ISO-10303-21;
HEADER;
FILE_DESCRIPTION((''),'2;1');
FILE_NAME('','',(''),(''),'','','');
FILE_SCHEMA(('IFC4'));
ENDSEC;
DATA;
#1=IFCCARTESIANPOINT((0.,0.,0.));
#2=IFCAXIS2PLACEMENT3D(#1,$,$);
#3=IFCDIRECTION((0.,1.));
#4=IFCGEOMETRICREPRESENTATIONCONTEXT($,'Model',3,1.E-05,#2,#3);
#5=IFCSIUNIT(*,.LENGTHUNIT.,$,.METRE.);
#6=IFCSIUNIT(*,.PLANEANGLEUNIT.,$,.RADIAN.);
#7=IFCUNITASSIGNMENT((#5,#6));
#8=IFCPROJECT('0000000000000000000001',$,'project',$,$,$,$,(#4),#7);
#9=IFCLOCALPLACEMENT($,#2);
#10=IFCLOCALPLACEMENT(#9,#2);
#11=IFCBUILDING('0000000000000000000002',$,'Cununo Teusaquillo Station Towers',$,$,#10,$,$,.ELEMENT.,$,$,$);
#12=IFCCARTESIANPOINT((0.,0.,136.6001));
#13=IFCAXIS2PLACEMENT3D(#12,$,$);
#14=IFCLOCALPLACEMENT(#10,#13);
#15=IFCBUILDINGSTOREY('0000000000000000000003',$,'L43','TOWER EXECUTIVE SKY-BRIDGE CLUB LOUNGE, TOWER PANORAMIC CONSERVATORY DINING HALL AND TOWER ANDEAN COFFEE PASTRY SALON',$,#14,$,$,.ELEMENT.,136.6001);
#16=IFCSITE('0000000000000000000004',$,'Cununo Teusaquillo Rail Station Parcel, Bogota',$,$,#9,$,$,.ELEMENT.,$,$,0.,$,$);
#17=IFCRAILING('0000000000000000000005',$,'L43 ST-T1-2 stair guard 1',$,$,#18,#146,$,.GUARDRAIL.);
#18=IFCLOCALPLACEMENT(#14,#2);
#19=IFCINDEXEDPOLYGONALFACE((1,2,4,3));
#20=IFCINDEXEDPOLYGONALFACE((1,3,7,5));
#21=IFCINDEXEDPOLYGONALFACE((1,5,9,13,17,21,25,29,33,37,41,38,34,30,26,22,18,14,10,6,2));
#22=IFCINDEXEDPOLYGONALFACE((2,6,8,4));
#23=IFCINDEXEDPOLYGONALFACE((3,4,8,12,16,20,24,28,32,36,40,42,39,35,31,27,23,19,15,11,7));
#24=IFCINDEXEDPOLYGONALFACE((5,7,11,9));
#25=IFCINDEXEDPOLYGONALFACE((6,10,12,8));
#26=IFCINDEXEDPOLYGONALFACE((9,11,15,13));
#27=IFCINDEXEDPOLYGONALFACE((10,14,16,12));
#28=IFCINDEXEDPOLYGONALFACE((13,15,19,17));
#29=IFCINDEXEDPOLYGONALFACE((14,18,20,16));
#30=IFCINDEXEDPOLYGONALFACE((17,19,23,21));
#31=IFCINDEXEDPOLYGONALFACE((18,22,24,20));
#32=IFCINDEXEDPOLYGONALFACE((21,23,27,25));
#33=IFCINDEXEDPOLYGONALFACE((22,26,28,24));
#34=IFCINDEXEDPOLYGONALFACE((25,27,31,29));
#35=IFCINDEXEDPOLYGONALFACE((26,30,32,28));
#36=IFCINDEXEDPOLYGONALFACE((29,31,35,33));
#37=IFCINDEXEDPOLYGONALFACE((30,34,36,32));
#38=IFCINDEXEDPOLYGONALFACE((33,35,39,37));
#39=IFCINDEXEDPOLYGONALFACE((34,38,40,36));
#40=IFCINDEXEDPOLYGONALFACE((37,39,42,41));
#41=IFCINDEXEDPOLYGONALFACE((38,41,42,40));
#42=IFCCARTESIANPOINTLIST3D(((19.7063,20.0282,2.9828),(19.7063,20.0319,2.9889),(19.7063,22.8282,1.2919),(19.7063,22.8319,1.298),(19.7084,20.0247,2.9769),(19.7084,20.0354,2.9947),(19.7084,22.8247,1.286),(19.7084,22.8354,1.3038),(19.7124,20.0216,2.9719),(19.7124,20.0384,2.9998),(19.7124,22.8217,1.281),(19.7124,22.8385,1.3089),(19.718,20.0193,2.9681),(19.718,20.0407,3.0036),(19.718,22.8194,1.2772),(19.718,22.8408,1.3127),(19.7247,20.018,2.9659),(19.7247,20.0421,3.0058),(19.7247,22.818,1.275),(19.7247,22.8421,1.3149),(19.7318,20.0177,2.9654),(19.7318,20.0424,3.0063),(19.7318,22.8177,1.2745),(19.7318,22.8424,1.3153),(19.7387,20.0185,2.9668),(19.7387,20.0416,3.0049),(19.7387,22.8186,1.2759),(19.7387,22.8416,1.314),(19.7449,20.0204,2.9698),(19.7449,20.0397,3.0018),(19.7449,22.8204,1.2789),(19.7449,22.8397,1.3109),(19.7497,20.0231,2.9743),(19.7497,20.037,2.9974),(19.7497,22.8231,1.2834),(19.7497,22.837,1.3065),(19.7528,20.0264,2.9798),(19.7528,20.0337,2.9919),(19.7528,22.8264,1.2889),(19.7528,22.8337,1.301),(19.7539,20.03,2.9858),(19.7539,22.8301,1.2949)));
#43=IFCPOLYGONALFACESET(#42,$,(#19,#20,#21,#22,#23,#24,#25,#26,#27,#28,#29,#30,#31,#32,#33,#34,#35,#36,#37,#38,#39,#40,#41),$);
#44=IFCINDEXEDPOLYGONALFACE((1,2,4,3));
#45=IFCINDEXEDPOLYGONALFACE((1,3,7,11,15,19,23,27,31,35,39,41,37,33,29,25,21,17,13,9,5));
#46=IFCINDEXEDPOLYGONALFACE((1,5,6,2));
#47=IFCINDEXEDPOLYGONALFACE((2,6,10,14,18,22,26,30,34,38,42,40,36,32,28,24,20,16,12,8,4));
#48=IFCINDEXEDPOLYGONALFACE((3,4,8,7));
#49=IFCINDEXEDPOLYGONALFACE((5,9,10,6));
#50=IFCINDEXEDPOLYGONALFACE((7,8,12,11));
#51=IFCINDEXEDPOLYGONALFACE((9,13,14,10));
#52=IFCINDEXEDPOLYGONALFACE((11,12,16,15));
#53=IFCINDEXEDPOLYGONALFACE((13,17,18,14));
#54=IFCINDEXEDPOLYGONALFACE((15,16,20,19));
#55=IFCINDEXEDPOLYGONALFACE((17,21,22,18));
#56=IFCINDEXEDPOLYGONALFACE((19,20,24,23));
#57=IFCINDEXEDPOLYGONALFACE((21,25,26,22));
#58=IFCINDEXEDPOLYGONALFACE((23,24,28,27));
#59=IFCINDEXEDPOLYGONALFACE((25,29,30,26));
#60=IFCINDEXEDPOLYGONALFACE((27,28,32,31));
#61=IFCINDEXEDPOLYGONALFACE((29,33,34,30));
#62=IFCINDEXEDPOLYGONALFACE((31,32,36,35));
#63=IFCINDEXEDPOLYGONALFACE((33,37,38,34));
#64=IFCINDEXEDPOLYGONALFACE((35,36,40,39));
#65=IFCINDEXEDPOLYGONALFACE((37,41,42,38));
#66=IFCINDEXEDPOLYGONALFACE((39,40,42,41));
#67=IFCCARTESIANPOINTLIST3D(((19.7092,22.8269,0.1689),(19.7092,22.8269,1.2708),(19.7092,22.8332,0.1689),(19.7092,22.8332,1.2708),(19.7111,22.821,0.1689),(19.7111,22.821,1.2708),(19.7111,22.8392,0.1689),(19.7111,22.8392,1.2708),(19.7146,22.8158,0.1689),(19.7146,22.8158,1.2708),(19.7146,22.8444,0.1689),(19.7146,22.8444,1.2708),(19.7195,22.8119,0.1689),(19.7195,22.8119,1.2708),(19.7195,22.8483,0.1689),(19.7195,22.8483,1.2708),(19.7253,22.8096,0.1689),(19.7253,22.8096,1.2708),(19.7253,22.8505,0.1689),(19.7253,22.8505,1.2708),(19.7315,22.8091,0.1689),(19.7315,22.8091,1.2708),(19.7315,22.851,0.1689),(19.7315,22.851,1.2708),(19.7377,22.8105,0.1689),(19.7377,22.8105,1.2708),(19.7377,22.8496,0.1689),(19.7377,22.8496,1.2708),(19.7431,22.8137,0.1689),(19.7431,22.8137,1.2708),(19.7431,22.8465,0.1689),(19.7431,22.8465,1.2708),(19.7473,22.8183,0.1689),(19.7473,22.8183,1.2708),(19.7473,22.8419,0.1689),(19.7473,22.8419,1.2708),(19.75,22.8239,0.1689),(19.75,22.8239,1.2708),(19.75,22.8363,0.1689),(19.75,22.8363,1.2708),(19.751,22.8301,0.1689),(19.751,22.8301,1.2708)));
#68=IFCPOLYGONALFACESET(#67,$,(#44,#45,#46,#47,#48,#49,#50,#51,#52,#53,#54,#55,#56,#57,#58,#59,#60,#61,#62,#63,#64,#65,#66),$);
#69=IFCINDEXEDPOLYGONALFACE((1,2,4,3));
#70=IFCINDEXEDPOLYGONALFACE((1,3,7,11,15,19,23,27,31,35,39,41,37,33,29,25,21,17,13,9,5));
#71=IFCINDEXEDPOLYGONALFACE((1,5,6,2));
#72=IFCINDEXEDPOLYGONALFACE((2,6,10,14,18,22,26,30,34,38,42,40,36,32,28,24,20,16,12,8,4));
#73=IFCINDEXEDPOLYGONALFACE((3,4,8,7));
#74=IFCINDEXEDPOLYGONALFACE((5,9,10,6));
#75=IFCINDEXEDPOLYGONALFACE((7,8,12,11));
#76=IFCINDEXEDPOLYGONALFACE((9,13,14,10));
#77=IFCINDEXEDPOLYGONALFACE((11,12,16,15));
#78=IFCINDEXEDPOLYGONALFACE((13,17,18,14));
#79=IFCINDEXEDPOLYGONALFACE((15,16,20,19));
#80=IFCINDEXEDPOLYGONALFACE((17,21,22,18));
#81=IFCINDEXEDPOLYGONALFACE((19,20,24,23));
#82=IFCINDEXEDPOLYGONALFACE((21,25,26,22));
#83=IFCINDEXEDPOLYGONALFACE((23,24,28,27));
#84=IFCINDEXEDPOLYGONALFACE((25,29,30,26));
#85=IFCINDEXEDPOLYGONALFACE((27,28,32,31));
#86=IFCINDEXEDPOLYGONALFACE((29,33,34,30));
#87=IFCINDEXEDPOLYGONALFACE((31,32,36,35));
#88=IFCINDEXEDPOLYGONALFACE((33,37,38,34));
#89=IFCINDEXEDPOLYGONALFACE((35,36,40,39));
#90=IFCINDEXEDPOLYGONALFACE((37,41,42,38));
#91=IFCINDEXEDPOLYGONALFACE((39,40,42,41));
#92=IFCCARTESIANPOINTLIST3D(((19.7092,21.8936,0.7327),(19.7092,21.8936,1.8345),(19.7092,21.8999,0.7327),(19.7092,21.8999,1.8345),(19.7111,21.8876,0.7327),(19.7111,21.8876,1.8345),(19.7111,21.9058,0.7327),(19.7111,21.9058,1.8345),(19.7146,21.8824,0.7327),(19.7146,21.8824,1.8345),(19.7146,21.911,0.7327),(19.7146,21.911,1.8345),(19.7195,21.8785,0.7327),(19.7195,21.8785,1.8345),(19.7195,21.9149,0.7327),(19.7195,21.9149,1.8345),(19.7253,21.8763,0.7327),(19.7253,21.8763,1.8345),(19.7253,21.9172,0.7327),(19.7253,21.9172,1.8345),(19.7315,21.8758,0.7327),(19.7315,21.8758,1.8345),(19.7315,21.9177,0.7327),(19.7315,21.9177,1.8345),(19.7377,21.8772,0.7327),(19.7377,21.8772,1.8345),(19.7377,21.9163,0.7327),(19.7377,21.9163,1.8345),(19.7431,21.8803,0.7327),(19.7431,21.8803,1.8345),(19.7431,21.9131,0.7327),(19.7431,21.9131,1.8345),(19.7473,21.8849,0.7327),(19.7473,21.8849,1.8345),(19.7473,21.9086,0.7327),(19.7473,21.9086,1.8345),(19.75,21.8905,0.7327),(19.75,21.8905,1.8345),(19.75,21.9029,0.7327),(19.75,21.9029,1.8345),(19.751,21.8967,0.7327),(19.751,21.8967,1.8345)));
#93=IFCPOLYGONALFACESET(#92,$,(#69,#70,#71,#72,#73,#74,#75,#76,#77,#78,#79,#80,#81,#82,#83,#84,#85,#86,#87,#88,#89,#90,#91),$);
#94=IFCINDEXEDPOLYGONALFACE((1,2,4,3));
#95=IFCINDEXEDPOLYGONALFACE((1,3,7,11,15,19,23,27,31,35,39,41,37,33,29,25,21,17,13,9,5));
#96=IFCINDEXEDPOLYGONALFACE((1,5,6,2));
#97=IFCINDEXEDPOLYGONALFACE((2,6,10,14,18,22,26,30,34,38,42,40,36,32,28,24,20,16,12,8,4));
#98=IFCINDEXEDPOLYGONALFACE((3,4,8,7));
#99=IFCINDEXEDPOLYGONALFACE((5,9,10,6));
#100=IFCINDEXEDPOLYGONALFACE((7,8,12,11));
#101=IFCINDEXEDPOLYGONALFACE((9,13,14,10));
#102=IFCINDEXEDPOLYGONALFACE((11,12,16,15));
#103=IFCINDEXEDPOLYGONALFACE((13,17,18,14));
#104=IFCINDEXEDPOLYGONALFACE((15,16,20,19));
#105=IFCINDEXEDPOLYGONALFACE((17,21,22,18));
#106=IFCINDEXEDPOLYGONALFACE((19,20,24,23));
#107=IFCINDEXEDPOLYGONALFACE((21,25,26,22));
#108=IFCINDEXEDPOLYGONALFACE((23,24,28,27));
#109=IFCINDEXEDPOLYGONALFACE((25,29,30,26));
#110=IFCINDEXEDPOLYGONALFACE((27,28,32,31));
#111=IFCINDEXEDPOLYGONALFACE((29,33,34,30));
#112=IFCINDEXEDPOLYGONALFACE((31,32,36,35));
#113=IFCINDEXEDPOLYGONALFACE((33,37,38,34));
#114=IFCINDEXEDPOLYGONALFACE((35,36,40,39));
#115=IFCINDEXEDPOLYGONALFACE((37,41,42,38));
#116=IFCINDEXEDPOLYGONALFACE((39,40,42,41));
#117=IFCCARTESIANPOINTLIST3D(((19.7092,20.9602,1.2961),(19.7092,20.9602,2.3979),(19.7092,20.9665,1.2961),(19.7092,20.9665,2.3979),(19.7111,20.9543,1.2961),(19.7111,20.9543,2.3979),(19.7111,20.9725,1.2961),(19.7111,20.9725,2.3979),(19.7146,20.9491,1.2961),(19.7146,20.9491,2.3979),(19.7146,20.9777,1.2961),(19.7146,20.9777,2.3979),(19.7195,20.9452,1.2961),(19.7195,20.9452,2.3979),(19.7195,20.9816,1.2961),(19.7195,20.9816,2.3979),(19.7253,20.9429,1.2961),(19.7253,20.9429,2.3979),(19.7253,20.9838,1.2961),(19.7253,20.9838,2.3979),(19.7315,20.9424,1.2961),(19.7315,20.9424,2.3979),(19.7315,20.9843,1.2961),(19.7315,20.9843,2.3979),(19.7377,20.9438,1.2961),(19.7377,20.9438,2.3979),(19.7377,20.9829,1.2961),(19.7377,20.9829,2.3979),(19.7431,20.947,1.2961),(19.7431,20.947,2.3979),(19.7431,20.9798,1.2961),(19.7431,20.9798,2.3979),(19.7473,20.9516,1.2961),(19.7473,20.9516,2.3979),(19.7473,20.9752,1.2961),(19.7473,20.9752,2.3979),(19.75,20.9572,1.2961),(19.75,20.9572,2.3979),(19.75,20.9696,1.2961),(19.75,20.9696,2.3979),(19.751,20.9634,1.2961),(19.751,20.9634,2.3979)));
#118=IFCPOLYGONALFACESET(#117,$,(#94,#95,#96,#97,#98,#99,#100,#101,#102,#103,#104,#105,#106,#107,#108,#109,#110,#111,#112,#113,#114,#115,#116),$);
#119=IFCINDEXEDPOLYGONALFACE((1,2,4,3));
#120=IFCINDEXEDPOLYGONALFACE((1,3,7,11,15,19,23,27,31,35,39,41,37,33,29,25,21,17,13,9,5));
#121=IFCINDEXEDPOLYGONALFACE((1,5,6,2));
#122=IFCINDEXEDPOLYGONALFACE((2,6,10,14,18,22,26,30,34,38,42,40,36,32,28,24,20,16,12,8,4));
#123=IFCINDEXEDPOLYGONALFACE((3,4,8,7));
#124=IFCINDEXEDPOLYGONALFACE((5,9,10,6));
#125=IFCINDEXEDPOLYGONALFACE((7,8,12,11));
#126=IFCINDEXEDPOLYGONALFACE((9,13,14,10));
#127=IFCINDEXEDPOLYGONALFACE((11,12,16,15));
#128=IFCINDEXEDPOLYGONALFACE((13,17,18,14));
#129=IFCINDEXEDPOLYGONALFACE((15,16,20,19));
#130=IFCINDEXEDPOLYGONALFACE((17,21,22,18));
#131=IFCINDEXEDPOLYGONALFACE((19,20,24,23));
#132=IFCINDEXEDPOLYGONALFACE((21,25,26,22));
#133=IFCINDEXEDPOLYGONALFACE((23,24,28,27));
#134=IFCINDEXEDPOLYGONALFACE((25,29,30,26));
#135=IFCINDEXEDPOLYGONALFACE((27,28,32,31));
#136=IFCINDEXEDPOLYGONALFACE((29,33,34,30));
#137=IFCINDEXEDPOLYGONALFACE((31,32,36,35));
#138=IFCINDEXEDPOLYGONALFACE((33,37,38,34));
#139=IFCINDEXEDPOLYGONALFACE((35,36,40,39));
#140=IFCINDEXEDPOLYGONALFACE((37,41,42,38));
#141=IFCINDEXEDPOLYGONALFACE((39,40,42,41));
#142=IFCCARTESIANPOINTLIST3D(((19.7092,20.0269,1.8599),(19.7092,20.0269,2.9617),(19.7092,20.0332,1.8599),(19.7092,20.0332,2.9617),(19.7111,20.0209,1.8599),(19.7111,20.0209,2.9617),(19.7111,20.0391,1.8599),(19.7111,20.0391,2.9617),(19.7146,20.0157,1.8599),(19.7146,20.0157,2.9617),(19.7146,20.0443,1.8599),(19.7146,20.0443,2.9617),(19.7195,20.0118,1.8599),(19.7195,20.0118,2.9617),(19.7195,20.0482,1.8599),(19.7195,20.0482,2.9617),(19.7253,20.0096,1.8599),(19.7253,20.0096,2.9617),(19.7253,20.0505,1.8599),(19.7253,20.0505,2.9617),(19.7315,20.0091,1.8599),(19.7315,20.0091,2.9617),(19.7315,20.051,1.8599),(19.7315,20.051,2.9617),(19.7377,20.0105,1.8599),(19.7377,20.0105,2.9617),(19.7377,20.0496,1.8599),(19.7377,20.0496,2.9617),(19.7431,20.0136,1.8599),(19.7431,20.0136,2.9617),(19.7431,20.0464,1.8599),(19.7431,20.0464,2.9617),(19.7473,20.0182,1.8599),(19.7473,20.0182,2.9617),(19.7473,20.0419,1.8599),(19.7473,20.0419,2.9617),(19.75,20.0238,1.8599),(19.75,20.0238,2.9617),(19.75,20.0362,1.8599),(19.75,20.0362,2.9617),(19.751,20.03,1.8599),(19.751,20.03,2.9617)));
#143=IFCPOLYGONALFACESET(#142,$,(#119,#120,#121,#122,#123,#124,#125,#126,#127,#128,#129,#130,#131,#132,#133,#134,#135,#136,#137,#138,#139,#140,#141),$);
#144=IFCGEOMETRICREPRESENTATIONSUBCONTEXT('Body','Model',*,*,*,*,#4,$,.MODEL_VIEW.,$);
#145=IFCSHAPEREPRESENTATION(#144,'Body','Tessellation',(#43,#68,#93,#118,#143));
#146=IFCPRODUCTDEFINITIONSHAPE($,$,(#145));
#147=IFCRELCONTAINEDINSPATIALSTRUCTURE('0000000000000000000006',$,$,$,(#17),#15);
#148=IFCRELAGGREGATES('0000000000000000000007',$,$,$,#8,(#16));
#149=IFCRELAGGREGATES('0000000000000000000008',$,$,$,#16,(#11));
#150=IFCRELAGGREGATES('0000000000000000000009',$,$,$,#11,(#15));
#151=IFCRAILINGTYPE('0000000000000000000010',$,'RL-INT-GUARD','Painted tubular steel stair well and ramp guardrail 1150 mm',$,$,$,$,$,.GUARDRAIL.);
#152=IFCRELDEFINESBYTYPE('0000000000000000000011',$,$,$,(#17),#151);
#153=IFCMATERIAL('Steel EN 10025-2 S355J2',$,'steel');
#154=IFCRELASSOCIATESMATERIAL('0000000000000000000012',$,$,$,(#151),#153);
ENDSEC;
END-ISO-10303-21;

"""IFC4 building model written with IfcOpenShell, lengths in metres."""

from ifc_helpers import new_model, si_unit, direction, frame, origin, origin_2d, place, context, subcontext, project, spatial, circle, extrude, material, type_object, element, save


model = new_model("IFC4")

# Units and contexts
model_context = context("Model", 3, precision=1e-05, world=origin(), true_north=direction((0.0, 1.0)))
body_context = subcontext(model_context, "Body", "Model", "MODEL_VIEW")
ifc_project = project(units=[si_unit("LENGTHUNIT", "METRE"), si_unit("PLANEANGLEUNIT", "RADIAN")], contexts=[model_context])

# Site, building, storey
site_placement = place(None, origin())
site = spatial("IfcSite", under=ifc_project, at=site_placement, Name="Cununo Teusaquillo Rail Station Parcel, Bogota", CompositionType="ELEMENT", RefElevation=0.0)
building_placement = place(site_placement, origin())
building = spatial("IfcBuilding", under=site, at=building_placement, Name="Cununo Teusaquillo Station Towers", CompositionType="ELEMENT")
storey_placement = place(building_placement, frame((0.0, 0.0, 136.6001)))
storey = spatial("IfcBuildingStorey", under=building, at=storey_placement, Name="L43", Description="TOWER EXECUTIVE SKY-BRIDGE CLUB LOUNGE, TOWER PANORAMIC CONSERVATORY DINING HALL AND TOWER ANDEAN COFFEE PASTRY SALON", CompositionType="ELEMENT", Elevation=136.6001)

# Railing
ifc_material_1 = material(Name="Steel EN 10025-2 S355J2", Category="steel")
railing_type_1 = type_object("IfcRailingType", Name="RL-INT-GUARD", Description="Painted tubular steel stair well and ramp guardrail 1150 mm", PredefinedType="GUARDRAIL", material=ifc_material_1)
railing_1_placement = place(storey_placement, frame((19.73, 22.8301, 0.1689)))
element("IfcRailing", 1, at=railing_1_placement, inside=storey, type_object=railing_type_1, Name="L43 ST-T1-2 stair guard 1", PredefinedType="GUARDRAIL", context=body_context, shape_type="SweptSolid", body=[
    extrude(circle(Radius=0.0239, at=origin_2d()), frame((0.0, 0.0, 1.126), z_axis=(0.0, -0.856021, 0.516941), x_axis=(1.0, 0.0, 0.0)), (0.0, 0.0, 1.0), 3.271),
    extrude(circle(Radius=0.021, at=origin_2d()), origin(), (0.0, 0.0, 1.0), 1.1018),
    extrude(circle(Radius=0.021, at=origin_2d()), frame((0.0, -0.9333, 0.5637)), (0.0, 0.0, 1.0), 1.1018),
    extrude(circle(Radius=0.021, at=origin_2d()), frame((0.0, -1.8667, 1.1272)), (0.0, 0.0, 1.0), 1.1018),
    extrude(circle(Radius=0.021, at=origin_2d()), frame((0.0, -2.8, 1.6909)), (0.0, 0.0, 1.0), 1.1018),
])

save(model, "model.ifc")
